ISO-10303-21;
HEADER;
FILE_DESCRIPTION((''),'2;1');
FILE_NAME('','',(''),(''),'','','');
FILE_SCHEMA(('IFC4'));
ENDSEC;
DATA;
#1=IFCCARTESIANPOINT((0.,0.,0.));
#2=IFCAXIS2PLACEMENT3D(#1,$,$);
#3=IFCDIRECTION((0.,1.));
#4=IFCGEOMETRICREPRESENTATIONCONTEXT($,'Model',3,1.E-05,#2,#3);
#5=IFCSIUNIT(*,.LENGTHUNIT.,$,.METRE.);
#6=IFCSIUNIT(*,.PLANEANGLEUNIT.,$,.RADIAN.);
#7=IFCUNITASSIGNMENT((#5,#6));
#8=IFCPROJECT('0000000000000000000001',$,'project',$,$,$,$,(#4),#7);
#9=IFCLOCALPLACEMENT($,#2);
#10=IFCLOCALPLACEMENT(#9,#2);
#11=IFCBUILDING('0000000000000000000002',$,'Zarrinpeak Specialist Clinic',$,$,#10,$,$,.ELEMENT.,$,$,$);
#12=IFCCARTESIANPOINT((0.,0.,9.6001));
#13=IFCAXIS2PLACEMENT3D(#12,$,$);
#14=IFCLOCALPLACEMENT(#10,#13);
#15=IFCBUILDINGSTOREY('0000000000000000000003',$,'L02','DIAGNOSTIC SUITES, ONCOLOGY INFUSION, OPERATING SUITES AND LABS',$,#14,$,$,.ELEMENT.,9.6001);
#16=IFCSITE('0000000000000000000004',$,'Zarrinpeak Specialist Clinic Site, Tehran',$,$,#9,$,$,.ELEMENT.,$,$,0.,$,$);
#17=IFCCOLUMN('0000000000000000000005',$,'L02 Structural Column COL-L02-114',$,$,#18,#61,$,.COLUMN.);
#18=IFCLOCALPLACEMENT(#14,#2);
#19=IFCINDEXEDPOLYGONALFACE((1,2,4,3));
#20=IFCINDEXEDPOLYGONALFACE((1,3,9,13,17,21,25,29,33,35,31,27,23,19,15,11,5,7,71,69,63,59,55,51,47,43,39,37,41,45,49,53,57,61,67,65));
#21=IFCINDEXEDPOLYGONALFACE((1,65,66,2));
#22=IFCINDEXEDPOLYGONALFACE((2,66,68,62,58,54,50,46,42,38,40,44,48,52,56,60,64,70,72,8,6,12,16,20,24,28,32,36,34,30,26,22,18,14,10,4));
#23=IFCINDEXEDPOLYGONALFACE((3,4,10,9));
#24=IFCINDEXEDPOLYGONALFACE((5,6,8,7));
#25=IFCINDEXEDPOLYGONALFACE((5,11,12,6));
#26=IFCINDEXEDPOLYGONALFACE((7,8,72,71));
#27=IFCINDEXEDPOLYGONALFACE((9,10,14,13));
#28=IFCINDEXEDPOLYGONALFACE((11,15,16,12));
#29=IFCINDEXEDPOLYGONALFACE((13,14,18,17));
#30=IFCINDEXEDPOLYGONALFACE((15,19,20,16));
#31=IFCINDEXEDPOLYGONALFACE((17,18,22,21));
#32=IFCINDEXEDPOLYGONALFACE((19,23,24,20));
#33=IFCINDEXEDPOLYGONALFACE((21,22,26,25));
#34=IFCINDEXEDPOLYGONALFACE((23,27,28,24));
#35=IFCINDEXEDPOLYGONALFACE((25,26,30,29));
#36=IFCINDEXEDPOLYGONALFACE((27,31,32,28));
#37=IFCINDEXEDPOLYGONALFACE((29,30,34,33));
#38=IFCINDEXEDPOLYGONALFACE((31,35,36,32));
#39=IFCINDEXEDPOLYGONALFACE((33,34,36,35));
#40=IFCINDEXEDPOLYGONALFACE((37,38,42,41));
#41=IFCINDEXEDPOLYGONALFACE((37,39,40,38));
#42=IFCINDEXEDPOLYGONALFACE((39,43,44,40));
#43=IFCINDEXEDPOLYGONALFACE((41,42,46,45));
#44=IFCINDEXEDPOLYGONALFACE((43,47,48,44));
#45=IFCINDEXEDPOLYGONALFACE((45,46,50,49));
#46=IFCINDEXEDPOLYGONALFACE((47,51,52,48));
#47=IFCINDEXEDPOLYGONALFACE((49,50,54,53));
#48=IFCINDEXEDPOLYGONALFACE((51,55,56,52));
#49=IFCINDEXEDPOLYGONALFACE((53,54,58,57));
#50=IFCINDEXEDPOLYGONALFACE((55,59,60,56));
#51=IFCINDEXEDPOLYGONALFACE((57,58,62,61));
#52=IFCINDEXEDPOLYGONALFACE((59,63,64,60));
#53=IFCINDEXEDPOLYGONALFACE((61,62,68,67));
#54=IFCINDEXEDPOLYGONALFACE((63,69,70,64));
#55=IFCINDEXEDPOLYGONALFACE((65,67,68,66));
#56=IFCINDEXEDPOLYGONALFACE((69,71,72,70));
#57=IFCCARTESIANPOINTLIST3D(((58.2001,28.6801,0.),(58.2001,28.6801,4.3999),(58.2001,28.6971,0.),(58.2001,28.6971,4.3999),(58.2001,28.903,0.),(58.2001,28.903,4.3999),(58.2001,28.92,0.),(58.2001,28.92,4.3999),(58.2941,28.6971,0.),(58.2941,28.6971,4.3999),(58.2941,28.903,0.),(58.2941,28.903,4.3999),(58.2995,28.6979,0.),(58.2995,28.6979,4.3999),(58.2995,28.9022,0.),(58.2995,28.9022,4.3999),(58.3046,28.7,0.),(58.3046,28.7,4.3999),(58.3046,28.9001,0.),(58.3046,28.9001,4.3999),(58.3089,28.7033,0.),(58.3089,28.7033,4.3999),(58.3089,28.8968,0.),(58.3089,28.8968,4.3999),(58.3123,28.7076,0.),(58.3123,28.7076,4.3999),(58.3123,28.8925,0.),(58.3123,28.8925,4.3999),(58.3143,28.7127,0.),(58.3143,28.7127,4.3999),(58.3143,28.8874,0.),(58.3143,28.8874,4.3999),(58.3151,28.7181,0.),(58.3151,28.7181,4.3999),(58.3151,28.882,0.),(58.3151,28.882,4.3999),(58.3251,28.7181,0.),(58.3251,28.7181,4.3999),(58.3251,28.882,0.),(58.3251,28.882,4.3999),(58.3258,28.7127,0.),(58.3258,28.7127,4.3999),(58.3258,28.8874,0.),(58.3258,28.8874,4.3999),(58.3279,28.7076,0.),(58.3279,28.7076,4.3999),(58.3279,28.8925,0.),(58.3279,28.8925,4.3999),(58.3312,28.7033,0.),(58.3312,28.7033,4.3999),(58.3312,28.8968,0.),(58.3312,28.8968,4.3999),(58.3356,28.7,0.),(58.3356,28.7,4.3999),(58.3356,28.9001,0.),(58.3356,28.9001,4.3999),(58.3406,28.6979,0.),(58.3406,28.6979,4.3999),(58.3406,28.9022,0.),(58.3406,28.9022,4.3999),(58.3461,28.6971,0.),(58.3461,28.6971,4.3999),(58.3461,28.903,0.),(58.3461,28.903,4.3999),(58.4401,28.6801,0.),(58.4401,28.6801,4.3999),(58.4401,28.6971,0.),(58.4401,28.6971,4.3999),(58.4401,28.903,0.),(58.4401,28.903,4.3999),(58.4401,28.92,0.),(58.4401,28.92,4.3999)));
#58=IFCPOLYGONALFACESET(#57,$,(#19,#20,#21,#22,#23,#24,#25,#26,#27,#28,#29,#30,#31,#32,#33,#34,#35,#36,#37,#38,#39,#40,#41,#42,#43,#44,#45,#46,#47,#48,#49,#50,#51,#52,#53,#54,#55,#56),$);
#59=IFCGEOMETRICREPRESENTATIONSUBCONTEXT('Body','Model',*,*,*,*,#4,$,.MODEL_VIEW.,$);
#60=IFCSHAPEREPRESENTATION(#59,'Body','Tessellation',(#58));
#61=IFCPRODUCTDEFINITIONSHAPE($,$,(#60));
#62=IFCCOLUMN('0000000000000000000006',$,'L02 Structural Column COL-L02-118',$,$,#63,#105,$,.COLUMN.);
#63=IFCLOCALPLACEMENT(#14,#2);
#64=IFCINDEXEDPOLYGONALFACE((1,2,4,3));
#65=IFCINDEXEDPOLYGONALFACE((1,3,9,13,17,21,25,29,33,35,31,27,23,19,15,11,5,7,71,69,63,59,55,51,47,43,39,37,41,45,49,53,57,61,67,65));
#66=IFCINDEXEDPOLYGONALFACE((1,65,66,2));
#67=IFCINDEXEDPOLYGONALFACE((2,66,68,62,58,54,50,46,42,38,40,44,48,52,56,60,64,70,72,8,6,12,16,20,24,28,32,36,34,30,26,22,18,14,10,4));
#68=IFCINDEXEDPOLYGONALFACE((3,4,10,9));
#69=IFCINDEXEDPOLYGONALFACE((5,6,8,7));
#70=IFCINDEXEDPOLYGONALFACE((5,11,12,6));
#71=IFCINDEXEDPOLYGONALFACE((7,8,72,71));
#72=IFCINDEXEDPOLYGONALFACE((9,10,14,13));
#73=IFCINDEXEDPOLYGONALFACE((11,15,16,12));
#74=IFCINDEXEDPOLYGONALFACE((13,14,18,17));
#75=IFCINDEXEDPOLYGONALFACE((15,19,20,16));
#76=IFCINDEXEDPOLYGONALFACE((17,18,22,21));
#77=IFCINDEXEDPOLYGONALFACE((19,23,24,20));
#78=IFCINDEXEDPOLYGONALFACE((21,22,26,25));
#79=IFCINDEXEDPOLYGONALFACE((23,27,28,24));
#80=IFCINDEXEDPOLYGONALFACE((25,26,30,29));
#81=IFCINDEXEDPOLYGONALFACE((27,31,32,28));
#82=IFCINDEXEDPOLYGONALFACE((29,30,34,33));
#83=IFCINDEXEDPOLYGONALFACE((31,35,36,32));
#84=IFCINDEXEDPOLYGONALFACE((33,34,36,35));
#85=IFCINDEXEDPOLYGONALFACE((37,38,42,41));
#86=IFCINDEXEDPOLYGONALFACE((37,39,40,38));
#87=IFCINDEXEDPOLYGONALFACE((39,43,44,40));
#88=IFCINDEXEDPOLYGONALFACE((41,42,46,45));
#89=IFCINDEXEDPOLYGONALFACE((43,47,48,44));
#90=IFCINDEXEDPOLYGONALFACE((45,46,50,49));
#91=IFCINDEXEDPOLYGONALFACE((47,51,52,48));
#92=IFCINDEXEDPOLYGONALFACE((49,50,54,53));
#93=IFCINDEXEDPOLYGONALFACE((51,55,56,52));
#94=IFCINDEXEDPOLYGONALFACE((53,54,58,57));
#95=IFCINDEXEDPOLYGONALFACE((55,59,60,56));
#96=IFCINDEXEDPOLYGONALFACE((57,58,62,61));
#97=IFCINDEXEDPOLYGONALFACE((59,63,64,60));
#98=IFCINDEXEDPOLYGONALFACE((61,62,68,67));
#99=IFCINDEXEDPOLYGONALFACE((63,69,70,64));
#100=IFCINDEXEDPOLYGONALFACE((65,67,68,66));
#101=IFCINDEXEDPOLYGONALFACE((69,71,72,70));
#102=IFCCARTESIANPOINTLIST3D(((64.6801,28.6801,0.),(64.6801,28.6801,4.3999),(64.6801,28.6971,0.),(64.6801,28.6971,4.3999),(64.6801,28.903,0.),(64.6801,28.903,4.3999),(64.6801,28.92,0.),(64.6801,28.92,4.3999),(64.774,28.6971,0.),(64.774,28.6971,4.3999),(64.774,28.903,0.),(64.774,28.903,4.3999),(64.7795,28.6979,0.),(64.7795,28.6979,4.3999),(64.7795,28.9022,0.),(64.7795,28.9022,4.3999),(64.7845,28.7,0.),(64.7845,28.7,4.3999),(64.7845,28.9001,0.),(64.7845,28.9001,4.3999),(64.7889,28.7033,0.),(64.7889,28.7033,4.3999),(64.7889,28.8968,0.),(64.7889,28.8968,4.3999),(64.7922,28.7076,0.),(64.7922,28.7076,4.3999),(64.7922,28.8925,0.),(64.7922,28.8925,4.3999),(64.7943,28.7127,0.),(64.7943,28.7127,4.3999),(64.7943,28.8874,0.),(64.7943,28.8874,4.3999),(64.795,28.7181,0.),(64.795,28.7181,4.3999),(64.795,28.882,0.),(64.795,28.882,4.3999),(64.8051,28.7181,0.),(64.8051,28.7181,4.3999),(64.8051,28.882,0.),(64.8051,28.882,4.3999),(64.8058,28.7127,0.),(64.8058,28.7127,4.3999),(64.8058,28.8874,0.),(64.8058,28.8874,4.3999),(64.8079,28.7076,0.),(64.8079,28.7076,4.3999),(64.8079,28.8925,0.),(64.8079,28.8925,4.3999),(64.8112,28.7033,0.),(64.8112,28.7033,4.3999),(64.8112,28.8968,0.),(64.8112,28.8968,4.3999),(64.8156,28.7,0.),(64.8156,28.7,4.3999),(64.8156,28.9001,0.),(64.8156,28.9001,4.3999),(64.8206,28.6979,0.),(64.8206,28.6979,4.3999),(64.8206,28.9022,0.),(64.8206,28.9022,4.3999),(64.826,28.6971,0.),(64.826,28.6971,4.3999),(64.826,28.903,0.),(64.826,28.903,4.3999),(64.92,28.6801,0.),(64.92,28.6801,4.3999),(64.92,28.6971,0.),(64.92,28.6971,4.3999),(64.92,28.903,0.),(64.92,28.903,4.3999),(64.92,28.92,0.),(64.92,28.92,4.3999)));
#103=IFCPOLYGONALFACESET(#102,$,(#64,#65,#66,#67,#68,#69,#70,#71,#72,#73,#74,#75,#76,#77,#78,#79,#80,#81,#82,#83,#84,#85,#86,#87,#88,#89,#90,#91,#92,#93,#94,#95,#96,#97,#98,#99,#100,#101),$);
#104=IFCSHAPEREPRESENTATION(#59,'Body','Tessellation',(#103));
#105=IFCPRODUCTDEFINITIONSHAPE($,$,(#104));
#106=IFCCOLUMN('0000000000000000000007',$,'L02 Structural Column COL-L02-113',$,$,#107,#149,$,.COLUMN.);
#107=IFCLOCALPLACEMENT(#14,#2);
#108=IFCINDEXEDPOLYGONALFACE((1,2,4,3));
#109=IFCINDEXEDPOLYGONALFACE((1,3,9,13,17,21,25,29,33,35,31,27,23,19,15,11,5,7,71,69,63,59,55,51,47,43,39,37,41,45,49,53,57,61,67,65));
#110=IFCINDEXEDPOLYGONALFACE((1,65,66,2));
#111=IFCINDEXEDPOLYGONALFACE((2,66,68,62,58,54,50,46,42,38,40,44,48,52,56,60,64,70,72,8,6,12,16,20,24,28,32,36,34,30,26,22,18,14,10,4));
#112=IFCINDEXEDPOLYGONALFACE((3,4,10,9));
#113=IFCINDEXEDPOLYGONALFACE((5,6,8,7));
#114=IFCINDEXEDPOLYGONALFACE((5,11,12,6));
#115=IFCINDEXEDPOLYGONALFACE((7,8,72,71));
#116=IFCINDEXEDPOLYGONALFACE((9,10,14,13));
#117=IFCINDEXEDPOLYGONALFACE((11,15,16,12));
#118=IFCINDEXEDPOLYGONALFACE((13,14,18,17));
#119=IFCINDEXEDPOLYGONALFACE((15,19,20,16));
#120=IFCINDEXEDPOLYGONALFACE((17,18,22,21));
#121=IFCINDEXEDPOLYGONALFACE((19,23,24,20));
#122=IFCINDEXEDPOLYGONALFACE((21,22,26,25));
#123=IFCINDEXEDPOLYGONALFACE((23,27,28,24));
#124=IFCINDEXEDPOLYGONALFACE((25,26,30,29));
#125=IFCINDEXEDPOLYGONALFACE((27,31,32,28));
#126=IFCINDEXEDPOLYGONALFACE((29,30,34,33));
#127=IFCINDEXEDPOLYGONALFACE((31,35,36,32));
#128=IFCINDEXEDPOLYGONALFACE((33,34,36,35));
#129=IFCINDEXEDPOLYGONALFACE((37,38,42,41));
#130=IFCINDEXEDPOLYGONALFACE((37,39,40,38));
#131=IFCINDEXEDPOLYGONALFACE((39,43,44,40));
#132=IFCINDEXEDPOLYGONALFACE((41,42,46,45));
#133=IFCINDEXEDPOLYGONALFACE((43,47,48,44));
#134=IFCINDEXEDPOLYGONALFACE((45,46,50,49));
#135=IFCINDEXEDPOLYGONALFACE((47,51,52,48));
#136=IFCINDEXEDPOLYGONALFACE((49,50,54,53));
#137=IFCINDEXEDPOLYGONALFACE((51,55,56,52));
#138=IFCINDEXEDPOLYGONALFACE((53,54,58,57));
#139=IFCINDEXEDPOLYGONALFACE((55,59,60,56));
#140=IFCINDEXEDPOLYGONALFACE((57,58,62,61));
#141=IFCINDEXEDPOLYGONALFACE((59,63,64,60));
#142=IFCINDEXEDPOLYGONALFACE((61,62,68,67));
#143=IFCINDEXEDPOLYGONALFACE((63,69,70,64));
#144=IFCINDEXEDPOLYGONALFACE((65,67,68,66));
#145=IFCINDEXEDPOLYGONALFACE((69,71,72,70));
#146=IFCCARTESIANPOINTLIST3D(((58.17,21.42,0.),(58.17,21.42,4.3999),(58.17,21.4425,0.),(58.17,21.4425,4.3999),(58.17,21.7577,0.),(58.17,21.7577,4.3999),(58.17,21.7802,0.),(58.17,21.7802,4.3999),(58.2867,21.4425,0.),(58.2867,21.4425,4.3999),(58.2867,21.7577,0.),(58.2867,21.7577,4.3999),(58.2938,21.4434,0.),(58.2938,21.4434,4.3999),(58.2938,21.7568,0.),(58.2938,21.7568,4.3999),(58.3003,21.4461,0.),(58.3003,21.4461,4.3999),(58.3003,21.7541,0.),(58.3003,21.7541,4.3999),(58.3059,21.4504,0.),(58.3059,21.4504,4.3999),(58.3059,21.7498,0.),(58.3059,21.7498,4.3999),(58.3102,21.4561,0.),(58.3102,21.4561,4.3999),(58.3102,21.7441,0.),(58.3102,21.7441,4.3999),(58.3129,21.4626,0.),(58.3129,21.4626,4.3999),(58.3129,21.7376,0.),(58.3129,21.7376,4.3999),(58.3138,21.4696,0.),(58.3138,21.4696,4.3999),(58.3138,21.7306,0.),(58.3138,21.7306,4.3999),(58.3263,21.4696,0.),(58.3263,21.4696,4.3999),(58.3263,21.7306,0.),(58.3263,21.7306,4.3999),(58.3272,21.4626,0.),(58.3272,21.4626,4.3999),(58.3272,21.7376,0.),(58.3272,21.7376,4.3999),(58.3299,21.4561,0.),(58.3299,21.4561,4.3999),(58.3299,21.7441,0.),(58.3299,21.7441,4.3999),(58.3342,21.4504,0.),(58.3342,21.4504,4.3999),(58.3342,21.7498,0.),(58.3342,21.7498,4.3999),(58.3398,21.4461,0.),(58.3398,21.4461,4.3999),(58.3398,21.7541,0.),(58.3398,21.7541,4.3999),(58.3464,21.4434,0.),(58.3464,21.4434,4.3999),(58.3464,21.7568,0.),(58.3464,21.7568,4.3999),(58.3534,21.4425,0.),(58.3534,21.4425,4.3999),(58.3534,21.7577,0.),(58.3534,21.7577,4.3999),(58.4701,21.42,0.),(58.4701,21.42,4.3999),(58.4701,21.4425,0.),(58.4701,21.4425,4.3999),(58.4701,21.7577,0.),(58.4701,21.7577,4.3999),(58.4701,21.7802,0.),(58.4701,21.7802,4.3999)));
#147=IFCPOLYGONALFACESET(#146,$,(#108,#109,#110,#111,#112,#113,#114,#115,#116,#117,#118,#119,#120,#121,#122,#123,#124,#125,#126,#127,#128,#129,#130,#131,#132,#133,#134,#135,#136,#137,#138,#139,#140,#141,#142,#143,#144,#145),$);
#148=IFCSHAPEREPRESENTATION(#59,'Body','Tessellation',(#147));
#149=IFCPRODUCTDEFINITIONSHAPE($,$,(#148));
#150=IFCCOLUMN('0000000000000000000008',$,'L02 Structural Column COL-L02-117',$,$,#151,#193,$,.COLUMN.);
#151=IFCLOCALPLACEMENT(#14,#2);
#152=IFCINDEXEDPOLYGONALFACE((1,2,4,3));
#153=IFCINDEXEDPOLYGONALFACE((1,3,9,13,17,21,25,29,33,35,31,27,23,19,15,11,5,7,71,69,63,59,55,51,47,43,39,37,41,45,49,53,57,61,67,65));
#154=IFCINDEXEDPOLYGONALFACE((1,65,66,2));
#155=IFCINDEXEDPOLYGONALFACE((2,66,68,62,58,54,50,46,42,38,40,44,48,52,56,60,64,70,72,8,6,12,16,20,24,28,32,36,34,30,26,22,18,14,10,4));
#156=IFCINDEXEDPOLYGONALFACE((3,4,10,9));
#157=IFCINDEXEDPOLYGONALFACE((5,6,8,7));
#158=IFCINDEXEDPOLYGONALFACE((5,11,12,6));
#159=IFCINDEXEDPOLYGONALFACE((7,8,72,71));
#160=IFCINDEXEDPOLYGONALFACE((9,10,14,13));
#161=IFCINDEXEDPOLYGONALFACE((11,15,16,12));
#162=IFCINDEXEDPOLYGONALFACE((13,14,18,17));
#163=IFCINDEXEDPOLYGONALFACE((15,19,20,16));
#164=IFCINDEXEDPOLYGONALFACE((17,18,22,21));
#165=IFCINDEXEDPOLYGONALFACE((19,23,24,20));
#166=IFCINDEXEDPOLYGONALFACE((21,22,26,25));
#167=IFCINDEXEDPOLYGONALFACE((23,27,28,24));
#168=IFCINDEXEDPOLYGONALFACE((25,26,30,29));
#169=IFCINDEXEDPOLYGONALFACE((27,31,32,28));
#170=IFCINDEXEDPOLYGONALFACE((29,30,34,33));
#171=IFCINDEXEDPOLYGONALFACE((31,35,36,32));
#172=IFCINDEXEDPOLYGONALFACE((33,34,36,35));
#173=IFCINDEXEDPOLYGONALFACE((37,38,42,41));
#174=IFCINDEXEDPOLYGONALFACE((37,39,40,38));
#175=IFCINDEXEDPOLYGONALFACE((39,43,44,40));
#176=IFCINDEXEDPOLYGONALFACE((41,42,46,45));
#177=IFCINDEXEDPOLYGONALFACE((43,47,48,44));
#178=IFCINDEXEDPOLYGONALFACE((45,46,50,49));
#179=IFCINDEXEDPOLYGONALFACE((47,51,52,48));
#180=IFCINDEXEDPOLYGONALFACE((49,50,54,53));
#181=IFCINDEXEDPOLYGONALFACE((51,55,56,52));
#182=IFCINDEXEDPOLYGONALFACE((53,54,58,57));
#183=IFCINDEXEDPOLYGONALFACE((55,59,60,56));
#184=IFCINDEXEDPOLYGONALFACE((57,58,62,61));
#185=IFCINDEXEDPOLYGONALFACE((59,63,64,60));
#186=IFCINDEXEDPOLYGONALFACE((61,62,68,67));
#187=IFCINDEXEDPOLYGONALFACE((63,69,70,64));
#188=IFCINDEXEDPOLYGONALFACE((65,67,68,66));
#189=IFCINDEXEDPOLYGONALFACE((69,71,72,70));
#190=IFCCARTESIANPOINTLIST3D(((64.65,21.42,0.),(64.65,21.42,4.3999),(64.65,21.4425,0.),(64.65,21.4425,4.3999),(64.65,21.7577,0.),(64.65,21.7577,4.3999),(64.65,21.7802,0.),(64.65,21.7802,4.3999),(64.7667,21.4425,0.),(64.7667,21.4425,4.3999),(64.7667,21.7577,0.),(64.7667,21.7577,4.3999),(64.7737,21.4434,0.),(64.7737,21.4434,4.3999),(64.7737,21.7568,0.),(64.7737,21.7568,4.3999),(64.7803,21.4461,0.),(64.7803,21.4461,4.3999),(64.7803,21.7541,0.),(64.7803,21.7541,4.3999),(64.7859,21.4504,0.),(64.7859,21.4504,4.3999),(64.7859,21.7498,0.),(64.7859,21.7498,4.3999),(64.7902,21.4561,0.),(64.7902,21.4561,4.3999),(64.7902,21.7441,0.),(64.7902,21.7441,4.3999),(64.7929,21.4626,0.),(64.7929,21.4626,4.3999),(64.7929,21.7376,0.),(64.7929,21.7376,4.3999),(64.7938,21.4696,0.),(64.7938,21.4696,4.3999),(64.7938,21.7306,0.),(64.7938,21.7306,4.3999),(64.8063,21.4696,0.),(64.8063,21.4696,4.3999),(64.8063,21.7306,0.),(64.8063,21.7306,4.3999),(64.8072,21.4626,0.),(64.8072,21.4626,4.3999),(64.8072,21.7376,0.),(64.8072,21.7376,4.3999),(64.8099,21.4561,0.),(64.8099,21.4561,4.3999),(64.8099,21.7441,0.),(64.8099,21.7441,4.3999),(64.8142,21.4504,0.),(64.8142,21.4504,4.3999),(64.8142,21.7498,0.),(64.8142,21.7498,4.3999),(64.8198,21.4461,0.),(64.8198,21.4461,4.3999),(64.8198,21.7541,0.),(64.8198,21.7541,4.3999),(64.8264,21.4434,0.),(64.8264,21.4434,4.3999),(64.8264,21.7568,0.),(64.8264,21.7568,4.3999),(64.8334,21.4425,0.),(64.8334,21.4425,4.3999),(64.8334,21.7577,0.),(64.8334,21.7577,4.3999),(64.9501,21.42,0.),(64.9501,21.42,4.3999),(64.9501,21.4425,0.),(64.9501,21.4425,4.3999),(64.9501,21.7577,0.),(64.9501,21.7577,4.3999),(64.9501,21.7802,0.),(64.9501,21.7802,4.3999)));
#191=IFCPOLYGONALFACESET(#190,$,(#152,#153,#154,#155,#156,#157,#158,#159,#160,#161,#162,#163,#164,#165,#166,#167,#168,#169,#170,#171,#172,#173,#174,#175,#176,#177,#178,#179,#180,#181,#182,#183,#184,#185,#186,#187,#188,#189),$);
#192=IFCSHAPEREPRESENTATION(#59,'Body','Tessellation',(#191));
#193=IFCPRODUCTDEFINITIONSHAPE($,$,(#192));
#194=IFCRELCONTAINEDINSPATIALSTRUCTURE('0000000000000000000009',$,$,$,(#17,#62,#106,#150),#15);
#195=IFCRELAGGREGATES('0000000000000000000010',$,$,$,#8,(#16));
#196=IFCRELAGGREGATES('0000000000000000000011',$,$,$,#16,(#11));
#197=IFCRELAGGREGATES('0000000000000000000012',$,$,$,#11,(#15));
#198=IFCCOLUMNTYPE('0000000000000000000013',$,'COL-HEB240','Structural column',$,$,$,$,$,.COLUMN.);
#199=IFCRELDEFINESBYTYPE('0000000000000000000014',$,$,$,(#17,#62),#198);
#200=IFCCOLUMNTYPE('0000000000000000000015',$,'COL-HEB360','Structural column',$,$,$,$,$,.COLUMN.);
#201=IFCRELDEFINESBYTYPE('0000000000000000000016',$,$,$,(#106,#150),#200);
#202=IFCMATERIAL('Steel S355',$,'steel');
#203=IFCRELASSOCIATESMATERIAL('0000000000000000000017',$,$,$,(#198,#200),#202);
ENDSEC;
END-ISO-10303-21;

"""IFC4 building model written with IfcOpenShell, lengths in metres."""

from ifc_helpers import new_model, si_unit, direction, frame, origin, origin_2d, place, context, subcontext, project, spatial, i_section, extrude, material, material_profile, profile_set, type_object, element, save


model = new_model("IFC4")

# Units and contexts
model_context = context("Model", 3, precision=1e-05, world=origin(), true_north=direction((0.0, 1.0)))
body_context = subcontext(model_context, "Body", "Model", "MODEL_VIEW")
ifc_project = project(units=[si_unit("LENGTHUNIT", "METRE"), si_unit("PLANEANGLEUNIT", "RADIAN")], contexts=[model_context])

# Site, building, storey
site_placement = place(None, origin())
site = spatial("IfcSite", under=ifc_project, at=site_placement, Name="Zarrinpeak Specialist Clinic Site, Tehran", CompositionType="ELEMENT", RefElevation=0.0)
building_placement = place(site_placement, origin())
building = spatial("IfcBuilding", under=site, at=building_placement, Name="Zarrinpeak Specialist Clinic", CompositionType="ELEMENT")
storey_placement = place(building_placement, frame((0.0, 0.0, 9.6001)))
storey = spatial("IfcBuildingStorey", under=building, at=storey_placement, Name="L02", Description="DIAGNOSTIC SUITES, ONCOLOGY INFUSION, OPERATING SUITES AND LABS", CompositionType="ELEMENT", Elevation=9.6001)

# Columns
ifc_material_1 = material(Name="Steel S355", Category="steel")
ifc_material_profile_1 = material_profile(ifc_material_1, i_section(OverallWidth=0.24, OverallDepth=0.24, WebThickness=0.01, FlangeThickness=0.0171, FilletRadius=0.021, at=origin_2d()), Name="HEB 240")
ifc_profile_set_1 = profile_set([ifc_material_profile_1], Name="Steel S355")
column_type_1 = type_object("IfcColumnType", Name="COL-HEB240", Description="Structural column", PredefinedType="COLUMN", material=ifc_profile_set_1)
for number, where, z_axis, x_axis, name in (
    (1, (58.3201, 28.8, 0.0), (0.0, 0.0, 1.0), (1.0, 0.0, 0.0), "L02 Structural Column COL-L02-114"),
    (2, (64.8, 28.8, 0.0), (0.0, 0.0, 1.0), (1.0, 0.0, 0.0), "L02 Structural Column COL-L02-118"),
):
    element("IfcColumn", number, at=place(storey_placement, frame(where, z_axis=z_axis, x_axis=x_axis)), inside=storey, type_object=column_type_1, Name=name, PredefinedType="COLUMN", context=body_context, shape_type="SweptSolid", body=[
        extrude(i_section(OverallWidth=0.24, OverallDepth=0.24, WebThickness=0.01, FlangeThickness=0.0171, FilletRadius=0.021, at=origin_2d()), origin(), (0.0, 0.0, 1.0), 4.3999),
    ])
ifc_material_profile_2 = material_profile(ifc_material_1, i_section(OverallWidth=0.3, OverallDepth=0.3601, WebThickness=0.0125, FlangeThickness=0.0225, FilletRadius=0.0271, at=origin_2d()), Name="HEB 360")
ifc_profile_set_2 = profile_set([ifc_material_profile_2], Name="Steel S355")
column_type_2 = type_object("IfcColumnType", Name="COL-HEB360", Description="Structural column", PredefinedType="COLUMN", material=ifc_profile_set_2)
for number, where, z_axis, x_axis, name in (
    (3, (58.3201, 21.6001, 0.0), (0.0, 0.0, 1.0), (1.0, 0.0, 0.0), "L02 Structural Column COL-L02-113"),
    (4, (64.8, 21.6001, 0.0), (0.0, 0.0, 1.0), (1.0, 0.0, 0.0), "L02 Structural Column COL-L02-117"),
):
    element("IfcColumn", number, at=place(storey_placement, frame(where, z_axis=z_axis, x_axis=x_axis)), inside=storey, type_object=column_type_2, Name=name, PredefinedType="COLUMN", context=body_context, shape_type="SweptSolid", body=[
        extrude(i_section(OverallWidth=0.3, OverallDepth=0.3601, WebThickness=0.0125, FlangeThickness=0.0225, FilletRadius=0.0271, at=origin_2d()), origin(), (0.0, 0.0, 1.0), 4.3999),
    ])

save(model, "model.ifc")
